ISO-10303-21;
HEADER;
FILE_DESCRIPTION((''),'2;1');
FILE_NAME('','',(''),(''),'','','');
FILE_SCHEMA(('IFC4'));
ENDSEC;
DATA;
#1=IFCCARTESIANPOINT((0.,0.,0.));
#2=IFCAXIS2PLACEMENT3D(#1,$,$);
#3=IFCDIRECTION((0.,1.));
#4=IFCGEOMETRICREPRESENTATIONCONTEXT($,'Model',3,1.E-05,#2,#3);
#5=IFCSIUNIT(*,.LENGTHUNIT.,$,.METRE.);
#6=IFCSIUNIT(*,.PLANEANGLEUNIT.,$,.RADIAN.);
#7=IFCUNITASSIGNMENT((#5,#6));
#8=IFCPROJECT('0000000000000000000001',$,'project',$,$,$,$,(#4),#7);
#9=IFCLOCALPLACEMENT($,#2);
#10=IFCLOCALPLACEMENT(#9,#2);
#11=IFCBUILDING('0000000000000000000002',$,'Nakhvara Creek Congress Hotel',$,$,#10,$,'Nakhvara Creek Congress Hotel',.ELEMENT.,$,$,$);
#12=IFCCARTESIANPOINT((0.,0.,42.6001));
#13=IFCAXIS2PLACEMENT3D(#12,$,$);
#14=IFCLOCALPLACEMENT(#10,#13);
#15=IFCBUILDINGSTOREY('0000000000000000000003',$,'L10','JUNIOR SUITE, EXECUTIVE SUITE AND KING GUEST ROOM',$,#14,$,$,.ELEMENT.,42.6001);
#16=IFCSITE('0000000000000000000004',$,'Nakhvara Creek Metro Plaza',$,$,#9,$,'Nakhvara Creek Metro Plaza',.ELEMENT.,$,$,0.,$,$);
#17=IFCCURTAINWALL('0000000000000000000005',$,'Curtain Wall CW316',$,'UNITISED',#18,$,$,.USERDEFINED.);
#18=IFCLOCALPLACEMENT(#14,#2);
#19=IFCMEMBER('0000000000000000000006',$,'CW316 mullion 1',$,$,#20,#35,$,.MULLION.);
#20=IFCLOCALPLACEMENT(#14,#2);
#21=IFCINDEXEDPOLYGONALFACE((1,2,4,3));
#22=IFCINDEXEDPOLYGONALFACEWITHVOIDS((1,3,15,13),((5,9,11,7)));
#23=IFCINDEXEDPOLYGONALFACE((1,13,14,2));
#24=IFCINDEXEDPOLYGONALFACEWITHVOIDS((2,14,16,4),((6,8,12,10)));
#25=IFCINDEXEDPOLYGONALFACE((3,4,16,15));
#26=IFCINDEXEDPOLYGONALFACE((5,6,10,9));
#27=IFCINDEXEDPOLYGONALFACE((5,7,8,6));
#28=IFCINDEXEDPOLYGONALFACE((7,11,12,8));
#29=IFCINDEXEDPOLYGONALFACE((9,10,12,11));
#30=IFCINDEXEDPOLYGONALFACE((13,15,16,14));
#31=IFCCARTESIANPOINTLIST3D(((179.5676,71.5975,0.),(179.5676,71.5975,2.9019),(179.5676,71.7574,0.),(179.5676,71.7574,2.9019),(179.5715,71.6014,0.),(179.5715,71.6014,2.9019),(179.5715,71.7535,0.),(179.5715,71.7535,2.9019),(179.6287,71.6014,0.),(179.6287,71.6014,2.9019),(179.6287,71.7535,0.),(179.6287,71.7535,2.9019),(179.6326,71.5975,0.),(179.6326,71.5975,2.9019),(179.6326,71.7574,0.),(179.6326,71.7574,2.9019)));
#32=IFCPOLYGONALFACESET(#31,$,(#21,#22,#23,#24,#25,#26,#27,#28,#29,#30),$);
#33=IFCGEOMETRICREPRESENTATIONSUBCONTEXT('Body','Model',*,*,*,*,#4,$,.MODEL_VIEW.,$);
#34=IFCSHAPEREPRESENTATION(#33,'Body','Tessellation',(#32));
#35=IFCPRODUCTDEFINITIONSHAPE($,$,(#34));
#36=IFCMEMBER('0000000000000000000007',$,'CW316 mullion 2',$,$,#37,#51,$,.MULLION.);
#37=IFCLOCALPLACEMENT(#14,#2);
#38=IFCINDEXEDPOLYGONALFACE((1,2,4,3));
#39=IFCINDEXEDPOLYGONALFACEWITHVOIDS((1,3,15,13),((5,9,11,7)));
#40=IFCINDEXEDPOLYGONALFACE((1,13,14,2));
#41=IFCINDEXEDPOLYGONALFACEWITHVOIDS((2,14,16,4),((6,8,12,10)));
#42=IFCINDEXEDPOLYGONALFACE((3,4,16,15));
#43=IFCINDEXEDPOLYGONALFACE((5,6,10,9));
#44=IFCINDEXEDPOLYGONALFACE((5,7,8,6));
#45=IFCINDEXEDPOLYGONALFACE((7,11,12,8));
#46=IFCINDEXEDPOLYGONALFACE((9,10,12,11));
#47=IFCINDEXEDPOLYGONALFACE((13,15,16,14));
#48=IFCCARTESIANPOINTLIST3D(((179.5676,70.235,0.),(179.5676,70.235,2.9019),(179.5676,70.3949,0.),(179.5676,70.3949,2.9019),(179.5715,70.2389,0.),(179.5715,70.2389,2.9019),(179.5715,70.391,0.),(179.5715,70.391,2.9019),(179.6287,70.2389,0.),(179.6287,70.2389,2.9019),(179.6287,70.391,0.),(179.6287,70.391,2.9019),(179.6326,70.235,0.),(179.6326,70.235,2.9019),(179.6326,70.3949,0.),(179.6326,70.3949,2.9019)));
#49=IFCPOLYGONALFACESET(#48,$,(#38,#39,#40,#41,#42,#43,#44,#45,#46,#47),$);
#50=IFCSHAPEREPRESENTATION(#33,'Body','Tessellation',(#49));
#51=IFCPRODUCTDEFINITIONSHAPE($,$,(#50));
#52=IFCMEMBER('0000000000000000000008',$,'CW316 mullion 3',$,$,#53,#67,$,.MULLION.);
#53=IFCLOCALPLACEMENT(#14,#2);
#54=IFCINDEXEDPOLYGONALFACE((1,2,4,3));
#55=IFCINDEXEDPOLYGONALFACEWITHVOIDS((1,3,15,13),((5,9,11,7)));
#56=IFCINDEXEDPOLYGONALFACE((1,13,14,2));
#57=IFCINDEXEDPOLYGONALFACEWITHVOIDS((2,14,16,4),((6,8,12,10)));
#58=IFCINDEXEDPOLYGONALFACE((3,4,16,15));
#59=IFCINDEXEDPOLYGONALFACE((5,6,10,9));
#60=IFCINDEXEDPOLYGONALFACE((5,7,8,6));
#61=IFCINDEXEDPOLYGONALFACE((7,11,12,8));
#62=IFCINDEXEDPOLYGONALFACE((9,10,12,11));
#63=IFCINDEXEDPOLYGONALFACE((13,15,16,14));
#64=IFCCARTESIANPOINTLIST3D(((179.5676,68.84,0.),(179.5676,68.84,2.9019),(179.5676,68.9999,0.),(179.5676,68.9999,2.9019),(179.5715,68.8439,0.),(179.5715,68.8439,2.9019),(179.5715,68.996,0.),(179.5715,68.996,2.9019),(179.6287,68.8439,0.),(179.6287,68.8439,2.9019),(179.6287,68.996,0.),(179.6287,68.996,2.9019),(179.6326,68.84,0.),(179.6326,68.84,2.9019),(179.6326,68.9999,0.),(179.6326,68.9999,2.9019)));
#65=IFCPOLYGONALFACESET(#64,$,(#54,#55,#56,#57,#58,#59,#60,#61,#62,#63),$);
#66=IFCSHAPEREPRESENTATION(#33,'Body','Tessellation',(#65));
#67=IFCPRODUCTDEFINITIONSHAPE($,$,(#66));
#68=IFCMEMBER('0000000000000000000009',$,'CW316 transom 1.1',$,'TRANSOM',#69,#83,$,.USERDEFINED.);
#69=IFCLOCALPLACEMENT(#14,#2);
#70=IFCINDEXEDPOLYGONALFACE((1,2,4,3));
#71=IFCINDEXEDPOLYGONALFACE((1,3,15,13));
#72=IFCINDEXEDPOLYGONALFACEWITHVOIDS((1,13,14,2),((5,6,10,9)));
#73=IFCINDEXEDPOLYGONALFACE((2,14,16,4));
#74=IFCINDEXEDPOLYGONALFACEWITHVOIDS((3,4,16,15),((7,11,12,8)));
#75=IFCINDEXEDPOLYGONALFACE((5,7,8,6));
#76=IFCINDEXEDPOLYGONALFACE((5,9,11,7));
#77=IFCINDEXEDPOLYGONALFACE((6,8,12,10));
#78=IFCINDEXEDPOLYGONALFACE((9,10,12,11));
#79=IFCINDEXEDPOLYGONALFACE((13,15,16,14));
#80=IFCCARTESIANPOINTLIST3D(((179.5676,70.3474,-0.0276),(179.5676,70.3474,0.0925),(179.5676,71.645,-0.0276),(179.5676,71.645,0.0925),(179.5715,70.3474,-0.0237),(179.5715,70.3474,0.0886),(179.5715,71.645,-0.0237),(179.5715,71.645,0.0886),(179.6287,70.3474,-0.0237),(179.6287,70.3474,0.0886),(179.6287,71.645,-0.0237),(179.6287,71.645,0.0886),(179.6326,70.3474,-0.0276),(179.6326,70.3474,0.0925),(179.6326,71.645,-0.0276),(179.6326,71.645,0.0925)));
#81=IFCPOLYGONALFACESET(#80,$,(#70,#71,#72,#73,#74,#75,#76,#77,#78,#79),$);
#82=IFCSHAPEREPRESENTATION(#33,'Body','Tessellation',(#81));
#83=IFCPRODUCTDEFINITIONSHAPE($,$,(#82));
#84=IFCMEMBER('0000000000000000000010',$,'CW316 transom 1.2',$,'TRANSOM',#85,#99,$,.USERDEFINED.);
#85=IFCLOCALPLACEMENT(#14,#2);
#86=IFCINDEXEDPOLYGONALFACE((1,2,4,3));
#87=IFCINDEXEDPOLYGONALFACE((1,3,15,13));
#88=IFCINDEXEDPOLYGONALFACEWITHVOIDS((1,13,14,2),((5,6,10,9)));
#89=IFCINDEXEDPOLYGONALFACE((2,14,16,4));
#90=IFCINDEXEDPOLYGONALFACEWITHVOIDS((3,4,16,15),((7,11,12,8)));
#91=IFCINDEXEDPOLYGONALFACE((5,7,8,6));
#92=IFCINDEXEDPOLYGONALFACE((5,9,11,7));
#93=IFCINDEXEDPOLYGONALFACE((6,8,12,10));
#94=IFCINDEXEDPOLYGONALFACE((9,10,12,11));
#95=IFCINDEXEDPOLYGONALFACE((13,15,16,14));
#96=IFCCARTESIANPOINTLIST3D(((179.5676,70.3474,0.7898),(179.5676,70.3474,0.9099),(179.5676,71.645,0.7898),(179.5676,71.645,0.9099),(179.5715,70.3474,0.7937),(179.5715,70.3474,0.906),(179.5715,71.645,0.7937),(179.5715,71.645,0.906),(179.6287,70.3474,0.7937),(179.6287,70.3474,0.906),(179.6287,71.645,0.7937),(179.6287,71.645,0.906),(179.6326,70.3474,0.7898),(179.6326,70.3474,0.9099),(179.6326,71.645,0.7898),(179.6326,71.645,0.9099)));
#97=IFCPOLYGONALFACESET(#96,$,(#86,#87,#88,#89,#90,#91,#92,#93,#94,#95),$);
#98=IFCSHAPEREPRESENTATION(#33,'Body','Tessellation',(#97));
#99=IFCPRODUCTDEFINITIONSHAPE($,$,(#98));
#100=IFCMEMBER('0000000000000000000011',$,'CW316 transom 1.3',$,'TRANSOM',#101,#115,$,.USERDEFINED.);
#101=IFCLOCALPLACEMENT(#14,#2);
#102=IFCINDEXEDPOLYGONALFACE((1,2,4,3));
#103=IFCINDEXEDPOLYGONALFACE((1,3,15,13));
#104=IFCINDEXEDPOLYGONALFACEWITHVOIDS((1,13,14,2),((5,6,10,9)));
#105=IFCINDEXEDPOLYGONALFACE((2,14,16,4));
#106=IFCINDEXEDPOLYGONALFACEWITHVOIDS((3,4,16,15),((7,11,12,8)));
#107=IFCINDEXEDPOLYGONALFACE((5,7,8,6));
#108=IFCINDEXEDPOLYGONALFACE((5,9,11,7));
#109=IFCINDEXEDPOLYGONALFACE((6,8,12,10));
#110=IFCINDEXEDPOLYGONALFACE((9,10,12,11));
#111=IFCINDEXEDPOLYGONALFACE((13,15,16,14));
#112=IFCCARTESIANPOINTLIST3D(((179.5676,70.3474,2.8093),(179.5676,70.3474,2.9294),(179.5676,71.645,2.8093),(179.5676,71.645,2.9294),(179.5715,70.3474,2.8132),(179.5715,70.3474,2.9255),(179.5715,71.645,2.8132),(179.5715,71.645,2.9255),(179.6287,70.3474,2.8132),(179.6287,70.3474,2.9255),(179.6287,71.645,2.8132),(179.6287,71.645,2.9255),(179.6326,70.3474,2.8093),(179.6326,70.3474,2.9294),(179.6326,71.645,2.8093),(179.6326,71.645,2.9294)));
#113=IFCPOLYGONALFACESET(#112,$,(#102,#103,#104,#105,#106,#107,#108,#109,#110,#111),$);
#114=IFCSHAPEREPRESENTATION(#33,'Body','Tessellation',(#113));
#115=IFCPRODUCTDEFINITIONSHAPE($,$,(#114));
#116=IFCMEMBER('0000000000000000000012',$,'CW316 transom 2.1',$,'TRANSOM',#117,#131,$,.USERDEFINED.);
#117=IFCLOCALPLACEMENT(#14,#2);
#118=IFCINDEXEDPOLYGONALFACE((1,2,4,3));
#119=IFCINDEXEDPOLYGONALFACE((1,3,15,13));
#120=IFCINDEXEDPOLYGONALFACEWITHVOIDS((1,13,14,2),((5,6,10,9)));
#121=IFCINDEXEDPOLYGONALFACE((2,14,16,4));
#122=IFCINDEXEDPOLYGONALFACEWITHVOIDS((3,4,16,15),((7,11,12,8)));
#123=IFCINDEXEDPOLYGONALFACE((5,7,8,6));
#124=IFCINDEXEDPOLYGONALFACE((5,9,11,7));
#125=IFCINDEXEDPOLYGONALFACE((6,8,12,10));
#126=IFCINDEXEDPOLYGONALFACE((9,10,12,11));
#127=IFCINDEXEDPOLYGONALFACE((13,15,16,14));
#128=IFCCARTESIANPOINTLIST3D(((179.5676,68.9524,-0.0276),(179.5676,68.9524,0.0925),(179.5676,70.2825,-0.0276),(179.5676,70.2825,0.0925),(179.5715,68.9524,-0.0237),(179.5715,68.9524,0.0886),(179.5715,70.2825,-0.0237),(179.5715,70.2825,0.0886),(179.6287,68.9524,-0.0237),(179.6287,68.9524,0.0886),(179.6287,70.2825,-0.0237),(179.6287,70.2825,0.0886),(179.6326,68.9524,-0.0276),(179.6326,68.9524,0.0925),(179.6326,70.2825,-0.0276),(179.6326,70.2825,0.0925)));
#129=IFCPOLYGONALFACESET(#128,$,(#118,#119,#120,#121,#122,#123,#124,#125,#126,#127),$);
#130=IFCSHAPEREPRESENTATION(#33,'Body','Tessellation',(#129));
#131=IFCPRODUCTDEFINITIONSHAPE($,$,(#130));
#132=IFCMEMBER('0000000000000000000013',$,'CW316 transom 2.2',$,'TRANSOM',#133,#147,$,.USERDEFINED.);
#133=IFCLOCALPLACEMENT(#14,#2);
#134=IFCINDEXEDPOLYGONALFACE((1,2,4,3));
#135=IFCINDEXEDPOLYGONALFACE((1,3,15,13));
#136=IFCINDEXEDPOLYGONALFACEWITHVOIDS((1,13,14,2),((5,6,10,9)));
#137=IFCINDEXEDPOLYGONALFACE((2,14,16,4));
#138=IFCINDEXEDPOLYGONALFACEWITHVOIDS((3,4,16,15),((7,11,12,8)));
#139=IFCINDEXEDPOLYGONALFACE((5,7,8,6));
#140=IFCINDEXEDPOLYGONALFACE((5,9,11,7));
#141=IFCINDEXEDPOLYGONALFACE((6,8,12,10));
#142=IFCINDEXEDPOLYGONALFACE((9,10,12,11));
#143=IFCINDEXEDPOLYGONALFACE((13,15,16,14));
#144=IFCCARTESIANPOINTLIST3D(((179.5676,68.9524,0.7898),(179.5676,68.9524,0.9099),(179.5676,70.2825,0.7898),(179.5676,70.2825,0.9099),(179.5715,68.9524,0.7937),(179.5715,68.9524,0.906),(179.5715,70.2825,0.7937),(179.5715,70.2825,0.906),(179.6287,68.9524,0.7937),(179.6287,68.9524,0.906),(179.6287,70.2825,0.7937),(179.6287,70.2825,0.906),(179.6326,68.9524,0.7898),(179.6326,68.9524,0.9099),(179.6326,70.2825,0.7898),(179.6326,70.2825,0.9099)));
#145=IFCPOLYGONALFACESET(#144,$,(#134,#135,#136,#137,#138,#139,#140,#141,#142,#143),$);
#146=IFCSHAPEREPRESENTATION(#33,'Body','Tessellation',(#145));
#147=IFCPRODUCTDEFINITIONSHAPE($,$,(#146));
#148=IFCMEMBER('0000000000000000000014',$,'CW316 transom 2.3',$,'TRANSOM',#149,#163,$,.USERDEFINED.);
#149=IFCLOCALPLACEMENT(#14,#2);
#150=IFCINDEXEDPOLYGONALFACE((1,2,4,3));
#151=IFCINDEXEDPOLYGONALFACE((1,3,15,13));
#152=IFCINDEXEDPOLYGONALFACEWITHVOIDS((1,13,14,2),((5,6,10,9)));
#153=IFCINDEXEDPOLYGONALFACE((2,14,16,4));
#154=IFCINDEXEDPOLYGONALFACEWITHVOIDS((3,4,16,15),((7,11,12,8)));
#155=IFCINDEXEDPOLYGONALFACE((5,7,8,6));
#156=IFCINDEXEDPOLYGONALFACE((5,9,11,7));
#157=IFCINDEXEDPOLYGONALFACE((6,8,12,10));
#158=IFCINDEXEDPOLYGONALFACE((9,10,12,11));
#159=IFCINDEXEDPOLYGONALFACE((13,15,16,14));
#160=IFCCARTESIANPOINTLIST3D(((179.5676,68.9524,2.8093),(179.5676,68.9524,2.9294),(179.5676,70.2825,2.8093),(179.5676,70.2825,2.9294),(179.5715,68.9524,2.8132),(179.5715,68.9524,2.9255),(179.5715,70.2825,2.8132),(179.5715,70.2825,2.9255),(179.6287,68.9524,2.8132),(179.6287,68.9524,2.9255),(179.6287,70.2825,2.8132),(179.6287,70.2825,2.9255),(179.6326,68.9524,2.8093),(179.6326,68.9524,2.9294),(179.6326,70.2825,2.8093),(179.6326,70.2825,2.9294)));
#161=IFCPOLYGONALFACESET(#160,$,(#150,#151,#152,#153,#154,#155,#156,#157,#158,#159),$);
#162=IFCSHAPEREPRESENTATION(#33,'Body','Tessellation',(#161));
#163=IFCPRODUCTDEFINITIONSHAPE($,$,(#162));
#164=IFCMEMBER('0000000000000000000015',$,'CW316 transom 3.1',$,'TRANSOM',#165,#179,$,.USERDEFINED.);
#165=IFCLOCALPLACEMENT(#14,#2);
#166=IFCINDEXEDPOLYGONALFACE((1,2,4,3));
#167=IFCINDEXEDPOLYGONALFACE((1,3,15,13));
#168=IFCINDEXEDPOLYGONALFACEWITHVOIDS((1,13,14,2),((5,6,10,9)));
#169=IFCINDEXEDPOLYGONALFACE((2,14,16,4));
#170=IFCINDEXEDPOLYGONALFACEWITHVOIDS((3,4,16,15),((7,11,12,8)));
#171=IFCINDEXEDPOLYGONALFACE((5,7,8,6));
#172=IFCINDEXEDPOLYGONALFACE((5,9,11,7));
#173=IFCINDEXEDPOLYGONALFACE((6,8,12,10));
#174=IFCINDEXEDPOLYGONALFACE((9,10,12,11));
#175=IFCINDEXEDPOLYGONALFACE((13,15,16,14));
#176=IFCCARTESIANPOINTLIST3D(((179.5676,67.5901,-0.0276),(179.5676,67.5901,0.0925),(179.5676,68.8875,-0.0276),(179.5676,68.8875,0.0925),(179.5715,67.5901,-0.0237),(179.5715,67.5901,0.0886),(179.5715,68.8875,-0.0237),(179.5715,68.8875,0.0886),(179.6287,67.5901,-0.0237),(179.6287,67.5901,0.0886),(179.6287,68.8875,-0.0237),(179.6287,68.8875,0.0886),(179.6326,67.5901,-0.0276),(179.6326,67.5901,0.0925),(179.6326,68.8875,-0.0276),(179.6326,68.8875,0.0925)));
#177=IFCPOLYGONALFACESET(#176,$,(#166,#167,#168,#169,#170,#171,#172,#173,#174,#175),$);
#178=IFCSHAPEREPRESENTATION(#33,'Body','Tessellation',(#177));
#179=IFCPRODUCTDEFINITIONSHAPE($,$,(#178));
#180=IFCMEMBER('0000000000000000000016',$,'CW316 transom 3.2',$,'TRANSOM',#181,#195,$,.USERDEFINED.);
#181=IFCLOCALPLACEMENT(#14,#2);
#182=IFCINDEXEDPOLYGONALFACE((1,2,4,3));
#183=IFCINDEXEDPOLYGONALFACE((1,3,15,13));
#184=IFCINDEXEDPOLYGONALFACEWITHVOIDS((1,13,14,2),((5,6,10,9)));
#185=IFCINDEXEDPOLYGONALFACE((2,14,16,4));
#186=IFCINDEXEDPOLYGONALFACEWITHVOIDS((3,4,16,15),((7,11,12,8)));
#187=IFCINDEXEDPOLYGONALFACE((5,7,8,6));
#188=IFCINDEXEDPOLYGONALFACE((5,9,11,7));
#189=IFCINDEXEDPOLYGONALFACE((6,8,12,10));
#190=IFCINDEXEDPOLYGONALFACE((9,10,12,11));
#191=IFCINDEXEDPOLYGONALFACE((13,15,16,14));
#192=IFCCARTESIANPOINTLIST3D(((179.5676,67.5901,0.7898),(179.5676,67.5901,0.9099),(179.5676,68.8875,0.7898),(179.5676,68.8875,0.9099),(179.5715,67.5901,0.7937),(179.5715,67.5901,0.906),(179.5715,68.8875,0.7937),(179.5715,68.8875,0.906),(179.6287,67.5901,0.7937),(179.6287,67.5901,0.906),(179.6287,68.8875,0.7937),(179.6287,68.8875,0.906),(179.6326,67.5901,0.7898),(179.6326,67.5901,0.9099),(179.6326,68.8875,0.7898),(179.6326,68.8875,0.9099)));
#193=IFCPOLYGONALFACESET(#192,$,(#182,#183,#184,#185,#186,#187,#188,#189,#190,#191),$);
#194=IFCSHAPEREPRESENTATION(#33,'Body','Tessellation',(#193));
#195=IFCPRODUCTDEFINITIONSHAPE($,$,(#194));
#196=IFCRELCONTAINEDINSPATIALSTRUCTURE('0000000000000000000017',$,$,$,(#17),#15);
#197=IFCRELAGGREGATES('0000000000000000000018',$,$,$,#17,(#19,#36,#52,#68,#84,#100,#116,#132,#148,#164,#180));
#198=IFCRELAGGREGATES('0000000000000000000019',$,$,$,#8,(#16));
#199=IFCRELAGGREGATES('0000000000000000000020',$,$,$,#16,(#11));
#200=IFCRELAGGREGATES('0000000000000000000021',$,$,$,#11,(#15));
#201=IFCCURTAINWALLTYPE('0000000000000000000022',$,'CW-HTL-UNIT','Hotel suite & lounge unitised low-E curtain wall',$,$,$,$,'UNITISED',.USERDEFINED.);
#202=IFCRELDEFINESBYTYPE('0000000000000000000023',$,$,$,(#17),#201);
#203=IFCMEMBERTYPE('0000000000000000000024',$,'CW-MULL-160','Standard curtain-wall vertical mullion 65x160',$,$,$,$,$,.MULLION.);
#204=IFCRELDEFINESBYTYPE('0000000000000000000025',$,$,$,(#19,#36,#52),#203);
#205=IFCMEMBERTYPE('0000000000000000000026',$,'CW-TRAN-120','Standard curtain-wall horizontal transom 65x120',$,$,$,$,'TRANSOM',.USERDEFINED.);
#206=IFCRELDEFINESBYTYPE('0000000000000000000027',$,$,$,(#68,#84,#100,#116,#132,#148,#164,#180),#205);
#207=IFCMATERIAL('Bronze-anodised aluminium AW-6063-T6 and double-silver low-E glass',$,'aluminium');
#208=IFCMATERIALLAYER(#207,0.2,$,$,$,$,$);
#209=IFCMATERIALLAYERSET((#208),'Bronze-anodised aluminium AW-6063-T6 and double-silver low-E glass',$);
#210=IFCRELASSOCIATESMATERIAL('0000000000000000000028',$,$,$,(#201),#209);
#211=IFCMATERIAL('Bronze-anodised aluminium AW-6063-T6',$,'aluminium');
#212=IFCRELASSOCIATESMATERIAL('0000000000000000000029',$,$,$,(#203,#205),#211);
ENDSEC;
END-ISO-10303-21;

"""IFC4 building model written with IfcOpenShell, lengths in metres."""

from ifc_helpers import new_model, si_unit, direction, frame, origin, origin_2d, place, context, subcontext, project, spatial, hollow_rectangle, extrude, material, layer, layer_set, material_profile, profile_set, type_object, element, aggregate, save


model = new_model("IFC4")

# Units and contexts
model_context = context("Model", 3, precision=1e-05, world=origin(), true_north=direction((0.0, 1.0)))
body_context = subcontext(model_context, "Body", "Model", "MODEL_VIEW")
ifc_project = project(units=[si_unit("LENGTHUNIT", "METRE"), si_unit("PLANEANGLEUNIT", "RADIAN")], contexts=[model_context])

# Site, building, storey
site_placement = place(None, origin())
site = spatial("IfcSite", under=ifc_project, at=site_placement, Name="Nakhvara Creek Metro Plaza", LongName="Nakhvara Creek Metro Plaza", CompositionType="ELEMENT", RefElevation=0.0)
building_placement = place(site_placement, origin())
building = spatial("IfcBuilding", under=site, at=building_placement, Name="Nakhvara Creek Congress Hotel", LongName="Nakhvara Creek Congress Hotel", CompositionType="ELEMENT")
storey_placement = place(building_placement, frame((0.0, 0.0, 42.6001)))
storey = spatial("IfcBuildingStorey", under=building, at=storey_placement, Name="L10", Description="JUNIOR SUITE, EXECUTIVE SUITE AND KING GUEST ROOM", CompositionType="ELEMENT", Elevation=42.6001)

# Curtain wall, members
ifc_material_1 = material(Name="Bronze-anodised aluminium AW-6063-T6 and double-silver low-E glass", Category="aluminium")
ifc_layer_1 = layer(ifc_material_1, 0.2)
ifc_layer_set_1 = layer_set([ifc_layer_1], Name="Bronze-anodised aluminium AW-6063-T6 and double-silver low-E glass")
curtain_wall_type = type_object("IfcCurtainWallType", Name="CW-HTL-UNIT", Description="Hotel suite & lounge unitised low-E curtain wall", ElementType="UNITISED", PredefinedType="USERDEFINED", material=ifc_layer_set_1)
curtain_wall_placement = place(storey_placement, origin())
curtain_wall = element("IfcCurtainWall", 1, at=curtain_wall_placement, inside=storey, type_object=curtain_wall_type, Name="Curtain Wall CW316", ObjectType="UNITISED", PredefinedType="USERDEFINED")
ifc_material_2 = material(Name="Bronze-anodised aluminium AW-6063-T6", Category="aluminium")
ifc_material_profile_1 = material_profile(ifc_material_2, hollow_rectangle(XDim=0.0649, YDim=0.1599, WallThickness=0.0039, at=origin_2d()), Name="ALU-MULL 65x160x4", Category="LoadBearing")
ifc_profile_set_1 = profile_set([ifc_material_profile_1], Name="Bronze-anodised aluminium AW-6063-T6")
member_type_1 = type_object("IfcMemberType", Name="CW-MULL-160", Description="Standard curtain-wall vertical mullion 65x160", PredefinedType="MULLION", material=ifc_profile_set_1)
member_1_placement = place(storey_placement, frame((179.6001, 71.6775, 0.0), z_axis=(0.0, 0.0, 1.0), x_axis=(1.0, 0.0, 0.0)))
member_1 = element("IfcMember", 2, at=member_1_placement, type_object=member_type_1, Name="CW316 mullion 1", PredefinedType="MULLION", context=body_context, shape_type="SweptSolid", body=[
    extrude(hollow_rectangle(XDim=0.0649, YDim=0.1599, WallThickness=0.0039, at=origin_2d()), origin(), (0.0, 0.0, 1.0), 2.9019),
])
member_2_placement = place(storey_placement, frame((179.6001, 70.3149, 0.0), z_axis=(0.0, 0.0, 1.0), x_axis=(1.0, 0.0, 0.0)))
member_2 = element("IfcMember", 3, at=member_2_placement, type_object=member_type_1, Name="CW316 mullion 2", PredefinedType="MULLION", context=body_context, shape_type="SweptSolid", body=[
    extrude(hollow_rectangle(XDim=0.0649, YDim=0.1599, WallThickness=0.0039, at=origin_2d()), origin(), (0.0, 0.0, 1.0), 2.9019),
])
member_3_placement = place(storey_placement, frame((179.6001, 68.9199, 0.0), z_axis=(0.0, 0.0, 1.0), x_axis=(1.0, 0.0, 0.0)))
member_3 = element("IfcMember", 4, at=member_3_placement, type_object=member_type_1, Name="CW316 mullion 3", PredefinedType="MULLION", context=body_context, shape_type="SweptSolid", body=[
    extrude(hollow_rectangle(XDim=0.0649, YDim=0.1599, WallThickness=0.0039, at=origin_2d()), origin(), (0.0, 0.0, 1.0), 2.9019),
])
ifc_material_profile_2 = material_profile(ifc_material_2, hollow_rectangle(XDim=0.0649, YDim=0.1201, WallThickness=0.0039, at=origin_2d()), Name="ALU-TRAN 65x120x4", Category="LoadBearing")
ifc_profile_set_2 = profile_set([ifc_material_profile_2], Name="Bronze-anodised aluminium AW-6063-T6")
member_type_2 = type_object("IfcMemberType", Name="CW-TRAN-120", Description="Standard curtain-wall horizontal transom 65x120", ElementType="TRANSOM", PredefinedType="USERDEFINED", material=ifc_profile_set_2)
member_4_placement = place(storey_placement, frame((179.6001, 71.645, 0.0325), z_axis=(0.0, -1.0, 0.0), x_axis=(1.0, 0.0, 0.0)))
member_4 = element("IfcMember", 5, at=member_4_placement, type_object=member_type_2, Name="CW316 transom 1.1", ObjectType="TRANSOM", PredefinedType="USERDEFINED", context=body_context, shape_type="SweptSolid", body=[
    extrude(hollow_rectangle(XDim=0.0649, YDim=0.1201, WallThickness=0.0039, at=origin_2d()), origin(), (0.0, 0.0, 1.0), 1.2976),
])
member_5_placement = place(storey_placement, frame((179.6001, 71.645, 0.8499), z_axis=(0.0, -1.0, 0.0), x_axis=(1.0, 0.0, 0.0)))
member_5 = element("IfcMember", 6, at=member_5_placement, type_object=member_type_2, Name="CW316 transom 1.2", ObjectType="TRANSOM", PredefinedType="USERDEFINED", context=body_context, shape_type="SweptSolid", body=[
    extrude(hollow_rectangle(XDim=0.0649, YDim=0.1201, WallThickness=0.0039, at=origin_2d()), origin(), (0.0, 0.0, 1.0), 1.2976),
])
member_6_placement = place(storey_placement, frame((179.6001, 71.645, 2.8694), z_axis=(0.0, -1.0, 0.0), x_axis=(1.0, 0.0, 0.0)))
member_6 = element("IfcMember", 7, at=member_6_placement, type_object=member_type_2, Name="CW316 transom 1.3", ObjectType="TRANSOM", PredefinedType="USERDEFINED", context=body_context, shape_type="SweptSolid", body=[
    extrude(hollow_rectangle(XDim=0.0649, YDim=0.1201, WallThickness=0.0039, at=origin_2d()), origin(), (0.0, 0.0, 1.0), 1.2976),
])
member_7_placement = place(storey_placement, frame((179.6001, 70.2825, 0.0325), z_axis=(0.0, -1.0, 0.0), x_axis=(1.0, 0.0, 0.0)))
member_7 = element("IfcMember", 8, at=member_7_placement, type_object=member_type_2, Name="CW316 transom 2.1", ObjectType="TRANSOM", PredefinedType="USERDEFINED", context=body_context, shape_type="SweptSolid", body=[
    extrude(hollow_rectangle(XDim=0.0649, YDim=0.1201, WallThickness=0.0039, at=origin_2d()), origin(), (0.0, 0.0, 1.0), 1.3301),
])
member_8_placement = place(storey_placement, frame((179.6001, 70.2825, 0.8499), z_axis=(0.0, -1.0, 0.0), x_axis=(1.0, 0.0, 0.0)))
member_8 = element("IfcMember", 9, at=member_8_placement, type_object=member_type_2, Name="CW316 transom 2.2", ObjectType="TRANSOM", PredefinedType="USERDEFINED", context=body_context, shape_type="SweptSolid", body=[
    extrude(hollow_rectangle(XDim=0.0649, YDim=0.1201, WallThickness=0.0039, at=origin_2d()), origin(), (0.0, 0.0, 1.0), 1.3301),
])
member_9_placement = place(storey_placement, frame((179.6001, 70.2825, 2.8694), z_axis=(0.0, -1.0, 0.0), x_axis=(1.0, 0.0, 0.0)))
member_9 = element("IfcMember", 10, at=member_9_placement, type_object=member_type_2, Name="CW316 transom 2.3", ObjectType="TRANSOM", PredefinedType="USERDEFINED", context=body_context, shape_type="SweptSolid", body=[
    extrude(hollow_rectangle(XDim=0.0649, YDim=0.1201, WallThickness=0.0039, at=origin_2d()), origin(), (0.0, 0.0, 1.0), 1.3301),
])
member_10_placement = place(storey_placement, frame((179.6001, 68.8875, 0.0325), z_axis=(0.0, -1.0, 0.0), x_axis=(1.0, 0.0, 0.0)))
member_10 = element("IfcMember", 11, at=member_10_placement, type_object=member_type_2, Name="CW316 transom 3.1", ObjectType="TRANSOM", PredefinedType="USERDEFINED", context=body_context, shape_type="SweptSolid", body=[
    extrude(hollow_rectangle(XDim=0.0649, YDim=0.1201, WallThickness=0.0039, at=origin_2d()), origin(), (0.0, 0.0, 1.0), 1.2974),
])
member_11_placement = place(storey_placement, frame((179.6001, 68.8875, 0.8499), z_axis=(0.0, -1.0, 0.0), x_axis=(1.0, 0.0, 0.0)))
member_11 = element("IfcMember", 12, at=member_11_placement, type_object=member_type_2, Name="CW316 transom 3.2", ObjectType="TRANSOM", PredefinedType="USERDEFINED", context=body_context, shape_type="SweptSolid", body=[
    extrude(hollow_rectangle(XDim=0.0649, YDim=0.1201, WallThickness=0.0039, at=origin_2d()), origin(), (0.0, 0.0, 1.0), 1.2974),
])
aggregate(curtain_wall, [member_1, member_2, member_3, member_4, member_5, member_6, member_7, member_8, member_9, member_10, member_11])

save(model, "model.ifc")
